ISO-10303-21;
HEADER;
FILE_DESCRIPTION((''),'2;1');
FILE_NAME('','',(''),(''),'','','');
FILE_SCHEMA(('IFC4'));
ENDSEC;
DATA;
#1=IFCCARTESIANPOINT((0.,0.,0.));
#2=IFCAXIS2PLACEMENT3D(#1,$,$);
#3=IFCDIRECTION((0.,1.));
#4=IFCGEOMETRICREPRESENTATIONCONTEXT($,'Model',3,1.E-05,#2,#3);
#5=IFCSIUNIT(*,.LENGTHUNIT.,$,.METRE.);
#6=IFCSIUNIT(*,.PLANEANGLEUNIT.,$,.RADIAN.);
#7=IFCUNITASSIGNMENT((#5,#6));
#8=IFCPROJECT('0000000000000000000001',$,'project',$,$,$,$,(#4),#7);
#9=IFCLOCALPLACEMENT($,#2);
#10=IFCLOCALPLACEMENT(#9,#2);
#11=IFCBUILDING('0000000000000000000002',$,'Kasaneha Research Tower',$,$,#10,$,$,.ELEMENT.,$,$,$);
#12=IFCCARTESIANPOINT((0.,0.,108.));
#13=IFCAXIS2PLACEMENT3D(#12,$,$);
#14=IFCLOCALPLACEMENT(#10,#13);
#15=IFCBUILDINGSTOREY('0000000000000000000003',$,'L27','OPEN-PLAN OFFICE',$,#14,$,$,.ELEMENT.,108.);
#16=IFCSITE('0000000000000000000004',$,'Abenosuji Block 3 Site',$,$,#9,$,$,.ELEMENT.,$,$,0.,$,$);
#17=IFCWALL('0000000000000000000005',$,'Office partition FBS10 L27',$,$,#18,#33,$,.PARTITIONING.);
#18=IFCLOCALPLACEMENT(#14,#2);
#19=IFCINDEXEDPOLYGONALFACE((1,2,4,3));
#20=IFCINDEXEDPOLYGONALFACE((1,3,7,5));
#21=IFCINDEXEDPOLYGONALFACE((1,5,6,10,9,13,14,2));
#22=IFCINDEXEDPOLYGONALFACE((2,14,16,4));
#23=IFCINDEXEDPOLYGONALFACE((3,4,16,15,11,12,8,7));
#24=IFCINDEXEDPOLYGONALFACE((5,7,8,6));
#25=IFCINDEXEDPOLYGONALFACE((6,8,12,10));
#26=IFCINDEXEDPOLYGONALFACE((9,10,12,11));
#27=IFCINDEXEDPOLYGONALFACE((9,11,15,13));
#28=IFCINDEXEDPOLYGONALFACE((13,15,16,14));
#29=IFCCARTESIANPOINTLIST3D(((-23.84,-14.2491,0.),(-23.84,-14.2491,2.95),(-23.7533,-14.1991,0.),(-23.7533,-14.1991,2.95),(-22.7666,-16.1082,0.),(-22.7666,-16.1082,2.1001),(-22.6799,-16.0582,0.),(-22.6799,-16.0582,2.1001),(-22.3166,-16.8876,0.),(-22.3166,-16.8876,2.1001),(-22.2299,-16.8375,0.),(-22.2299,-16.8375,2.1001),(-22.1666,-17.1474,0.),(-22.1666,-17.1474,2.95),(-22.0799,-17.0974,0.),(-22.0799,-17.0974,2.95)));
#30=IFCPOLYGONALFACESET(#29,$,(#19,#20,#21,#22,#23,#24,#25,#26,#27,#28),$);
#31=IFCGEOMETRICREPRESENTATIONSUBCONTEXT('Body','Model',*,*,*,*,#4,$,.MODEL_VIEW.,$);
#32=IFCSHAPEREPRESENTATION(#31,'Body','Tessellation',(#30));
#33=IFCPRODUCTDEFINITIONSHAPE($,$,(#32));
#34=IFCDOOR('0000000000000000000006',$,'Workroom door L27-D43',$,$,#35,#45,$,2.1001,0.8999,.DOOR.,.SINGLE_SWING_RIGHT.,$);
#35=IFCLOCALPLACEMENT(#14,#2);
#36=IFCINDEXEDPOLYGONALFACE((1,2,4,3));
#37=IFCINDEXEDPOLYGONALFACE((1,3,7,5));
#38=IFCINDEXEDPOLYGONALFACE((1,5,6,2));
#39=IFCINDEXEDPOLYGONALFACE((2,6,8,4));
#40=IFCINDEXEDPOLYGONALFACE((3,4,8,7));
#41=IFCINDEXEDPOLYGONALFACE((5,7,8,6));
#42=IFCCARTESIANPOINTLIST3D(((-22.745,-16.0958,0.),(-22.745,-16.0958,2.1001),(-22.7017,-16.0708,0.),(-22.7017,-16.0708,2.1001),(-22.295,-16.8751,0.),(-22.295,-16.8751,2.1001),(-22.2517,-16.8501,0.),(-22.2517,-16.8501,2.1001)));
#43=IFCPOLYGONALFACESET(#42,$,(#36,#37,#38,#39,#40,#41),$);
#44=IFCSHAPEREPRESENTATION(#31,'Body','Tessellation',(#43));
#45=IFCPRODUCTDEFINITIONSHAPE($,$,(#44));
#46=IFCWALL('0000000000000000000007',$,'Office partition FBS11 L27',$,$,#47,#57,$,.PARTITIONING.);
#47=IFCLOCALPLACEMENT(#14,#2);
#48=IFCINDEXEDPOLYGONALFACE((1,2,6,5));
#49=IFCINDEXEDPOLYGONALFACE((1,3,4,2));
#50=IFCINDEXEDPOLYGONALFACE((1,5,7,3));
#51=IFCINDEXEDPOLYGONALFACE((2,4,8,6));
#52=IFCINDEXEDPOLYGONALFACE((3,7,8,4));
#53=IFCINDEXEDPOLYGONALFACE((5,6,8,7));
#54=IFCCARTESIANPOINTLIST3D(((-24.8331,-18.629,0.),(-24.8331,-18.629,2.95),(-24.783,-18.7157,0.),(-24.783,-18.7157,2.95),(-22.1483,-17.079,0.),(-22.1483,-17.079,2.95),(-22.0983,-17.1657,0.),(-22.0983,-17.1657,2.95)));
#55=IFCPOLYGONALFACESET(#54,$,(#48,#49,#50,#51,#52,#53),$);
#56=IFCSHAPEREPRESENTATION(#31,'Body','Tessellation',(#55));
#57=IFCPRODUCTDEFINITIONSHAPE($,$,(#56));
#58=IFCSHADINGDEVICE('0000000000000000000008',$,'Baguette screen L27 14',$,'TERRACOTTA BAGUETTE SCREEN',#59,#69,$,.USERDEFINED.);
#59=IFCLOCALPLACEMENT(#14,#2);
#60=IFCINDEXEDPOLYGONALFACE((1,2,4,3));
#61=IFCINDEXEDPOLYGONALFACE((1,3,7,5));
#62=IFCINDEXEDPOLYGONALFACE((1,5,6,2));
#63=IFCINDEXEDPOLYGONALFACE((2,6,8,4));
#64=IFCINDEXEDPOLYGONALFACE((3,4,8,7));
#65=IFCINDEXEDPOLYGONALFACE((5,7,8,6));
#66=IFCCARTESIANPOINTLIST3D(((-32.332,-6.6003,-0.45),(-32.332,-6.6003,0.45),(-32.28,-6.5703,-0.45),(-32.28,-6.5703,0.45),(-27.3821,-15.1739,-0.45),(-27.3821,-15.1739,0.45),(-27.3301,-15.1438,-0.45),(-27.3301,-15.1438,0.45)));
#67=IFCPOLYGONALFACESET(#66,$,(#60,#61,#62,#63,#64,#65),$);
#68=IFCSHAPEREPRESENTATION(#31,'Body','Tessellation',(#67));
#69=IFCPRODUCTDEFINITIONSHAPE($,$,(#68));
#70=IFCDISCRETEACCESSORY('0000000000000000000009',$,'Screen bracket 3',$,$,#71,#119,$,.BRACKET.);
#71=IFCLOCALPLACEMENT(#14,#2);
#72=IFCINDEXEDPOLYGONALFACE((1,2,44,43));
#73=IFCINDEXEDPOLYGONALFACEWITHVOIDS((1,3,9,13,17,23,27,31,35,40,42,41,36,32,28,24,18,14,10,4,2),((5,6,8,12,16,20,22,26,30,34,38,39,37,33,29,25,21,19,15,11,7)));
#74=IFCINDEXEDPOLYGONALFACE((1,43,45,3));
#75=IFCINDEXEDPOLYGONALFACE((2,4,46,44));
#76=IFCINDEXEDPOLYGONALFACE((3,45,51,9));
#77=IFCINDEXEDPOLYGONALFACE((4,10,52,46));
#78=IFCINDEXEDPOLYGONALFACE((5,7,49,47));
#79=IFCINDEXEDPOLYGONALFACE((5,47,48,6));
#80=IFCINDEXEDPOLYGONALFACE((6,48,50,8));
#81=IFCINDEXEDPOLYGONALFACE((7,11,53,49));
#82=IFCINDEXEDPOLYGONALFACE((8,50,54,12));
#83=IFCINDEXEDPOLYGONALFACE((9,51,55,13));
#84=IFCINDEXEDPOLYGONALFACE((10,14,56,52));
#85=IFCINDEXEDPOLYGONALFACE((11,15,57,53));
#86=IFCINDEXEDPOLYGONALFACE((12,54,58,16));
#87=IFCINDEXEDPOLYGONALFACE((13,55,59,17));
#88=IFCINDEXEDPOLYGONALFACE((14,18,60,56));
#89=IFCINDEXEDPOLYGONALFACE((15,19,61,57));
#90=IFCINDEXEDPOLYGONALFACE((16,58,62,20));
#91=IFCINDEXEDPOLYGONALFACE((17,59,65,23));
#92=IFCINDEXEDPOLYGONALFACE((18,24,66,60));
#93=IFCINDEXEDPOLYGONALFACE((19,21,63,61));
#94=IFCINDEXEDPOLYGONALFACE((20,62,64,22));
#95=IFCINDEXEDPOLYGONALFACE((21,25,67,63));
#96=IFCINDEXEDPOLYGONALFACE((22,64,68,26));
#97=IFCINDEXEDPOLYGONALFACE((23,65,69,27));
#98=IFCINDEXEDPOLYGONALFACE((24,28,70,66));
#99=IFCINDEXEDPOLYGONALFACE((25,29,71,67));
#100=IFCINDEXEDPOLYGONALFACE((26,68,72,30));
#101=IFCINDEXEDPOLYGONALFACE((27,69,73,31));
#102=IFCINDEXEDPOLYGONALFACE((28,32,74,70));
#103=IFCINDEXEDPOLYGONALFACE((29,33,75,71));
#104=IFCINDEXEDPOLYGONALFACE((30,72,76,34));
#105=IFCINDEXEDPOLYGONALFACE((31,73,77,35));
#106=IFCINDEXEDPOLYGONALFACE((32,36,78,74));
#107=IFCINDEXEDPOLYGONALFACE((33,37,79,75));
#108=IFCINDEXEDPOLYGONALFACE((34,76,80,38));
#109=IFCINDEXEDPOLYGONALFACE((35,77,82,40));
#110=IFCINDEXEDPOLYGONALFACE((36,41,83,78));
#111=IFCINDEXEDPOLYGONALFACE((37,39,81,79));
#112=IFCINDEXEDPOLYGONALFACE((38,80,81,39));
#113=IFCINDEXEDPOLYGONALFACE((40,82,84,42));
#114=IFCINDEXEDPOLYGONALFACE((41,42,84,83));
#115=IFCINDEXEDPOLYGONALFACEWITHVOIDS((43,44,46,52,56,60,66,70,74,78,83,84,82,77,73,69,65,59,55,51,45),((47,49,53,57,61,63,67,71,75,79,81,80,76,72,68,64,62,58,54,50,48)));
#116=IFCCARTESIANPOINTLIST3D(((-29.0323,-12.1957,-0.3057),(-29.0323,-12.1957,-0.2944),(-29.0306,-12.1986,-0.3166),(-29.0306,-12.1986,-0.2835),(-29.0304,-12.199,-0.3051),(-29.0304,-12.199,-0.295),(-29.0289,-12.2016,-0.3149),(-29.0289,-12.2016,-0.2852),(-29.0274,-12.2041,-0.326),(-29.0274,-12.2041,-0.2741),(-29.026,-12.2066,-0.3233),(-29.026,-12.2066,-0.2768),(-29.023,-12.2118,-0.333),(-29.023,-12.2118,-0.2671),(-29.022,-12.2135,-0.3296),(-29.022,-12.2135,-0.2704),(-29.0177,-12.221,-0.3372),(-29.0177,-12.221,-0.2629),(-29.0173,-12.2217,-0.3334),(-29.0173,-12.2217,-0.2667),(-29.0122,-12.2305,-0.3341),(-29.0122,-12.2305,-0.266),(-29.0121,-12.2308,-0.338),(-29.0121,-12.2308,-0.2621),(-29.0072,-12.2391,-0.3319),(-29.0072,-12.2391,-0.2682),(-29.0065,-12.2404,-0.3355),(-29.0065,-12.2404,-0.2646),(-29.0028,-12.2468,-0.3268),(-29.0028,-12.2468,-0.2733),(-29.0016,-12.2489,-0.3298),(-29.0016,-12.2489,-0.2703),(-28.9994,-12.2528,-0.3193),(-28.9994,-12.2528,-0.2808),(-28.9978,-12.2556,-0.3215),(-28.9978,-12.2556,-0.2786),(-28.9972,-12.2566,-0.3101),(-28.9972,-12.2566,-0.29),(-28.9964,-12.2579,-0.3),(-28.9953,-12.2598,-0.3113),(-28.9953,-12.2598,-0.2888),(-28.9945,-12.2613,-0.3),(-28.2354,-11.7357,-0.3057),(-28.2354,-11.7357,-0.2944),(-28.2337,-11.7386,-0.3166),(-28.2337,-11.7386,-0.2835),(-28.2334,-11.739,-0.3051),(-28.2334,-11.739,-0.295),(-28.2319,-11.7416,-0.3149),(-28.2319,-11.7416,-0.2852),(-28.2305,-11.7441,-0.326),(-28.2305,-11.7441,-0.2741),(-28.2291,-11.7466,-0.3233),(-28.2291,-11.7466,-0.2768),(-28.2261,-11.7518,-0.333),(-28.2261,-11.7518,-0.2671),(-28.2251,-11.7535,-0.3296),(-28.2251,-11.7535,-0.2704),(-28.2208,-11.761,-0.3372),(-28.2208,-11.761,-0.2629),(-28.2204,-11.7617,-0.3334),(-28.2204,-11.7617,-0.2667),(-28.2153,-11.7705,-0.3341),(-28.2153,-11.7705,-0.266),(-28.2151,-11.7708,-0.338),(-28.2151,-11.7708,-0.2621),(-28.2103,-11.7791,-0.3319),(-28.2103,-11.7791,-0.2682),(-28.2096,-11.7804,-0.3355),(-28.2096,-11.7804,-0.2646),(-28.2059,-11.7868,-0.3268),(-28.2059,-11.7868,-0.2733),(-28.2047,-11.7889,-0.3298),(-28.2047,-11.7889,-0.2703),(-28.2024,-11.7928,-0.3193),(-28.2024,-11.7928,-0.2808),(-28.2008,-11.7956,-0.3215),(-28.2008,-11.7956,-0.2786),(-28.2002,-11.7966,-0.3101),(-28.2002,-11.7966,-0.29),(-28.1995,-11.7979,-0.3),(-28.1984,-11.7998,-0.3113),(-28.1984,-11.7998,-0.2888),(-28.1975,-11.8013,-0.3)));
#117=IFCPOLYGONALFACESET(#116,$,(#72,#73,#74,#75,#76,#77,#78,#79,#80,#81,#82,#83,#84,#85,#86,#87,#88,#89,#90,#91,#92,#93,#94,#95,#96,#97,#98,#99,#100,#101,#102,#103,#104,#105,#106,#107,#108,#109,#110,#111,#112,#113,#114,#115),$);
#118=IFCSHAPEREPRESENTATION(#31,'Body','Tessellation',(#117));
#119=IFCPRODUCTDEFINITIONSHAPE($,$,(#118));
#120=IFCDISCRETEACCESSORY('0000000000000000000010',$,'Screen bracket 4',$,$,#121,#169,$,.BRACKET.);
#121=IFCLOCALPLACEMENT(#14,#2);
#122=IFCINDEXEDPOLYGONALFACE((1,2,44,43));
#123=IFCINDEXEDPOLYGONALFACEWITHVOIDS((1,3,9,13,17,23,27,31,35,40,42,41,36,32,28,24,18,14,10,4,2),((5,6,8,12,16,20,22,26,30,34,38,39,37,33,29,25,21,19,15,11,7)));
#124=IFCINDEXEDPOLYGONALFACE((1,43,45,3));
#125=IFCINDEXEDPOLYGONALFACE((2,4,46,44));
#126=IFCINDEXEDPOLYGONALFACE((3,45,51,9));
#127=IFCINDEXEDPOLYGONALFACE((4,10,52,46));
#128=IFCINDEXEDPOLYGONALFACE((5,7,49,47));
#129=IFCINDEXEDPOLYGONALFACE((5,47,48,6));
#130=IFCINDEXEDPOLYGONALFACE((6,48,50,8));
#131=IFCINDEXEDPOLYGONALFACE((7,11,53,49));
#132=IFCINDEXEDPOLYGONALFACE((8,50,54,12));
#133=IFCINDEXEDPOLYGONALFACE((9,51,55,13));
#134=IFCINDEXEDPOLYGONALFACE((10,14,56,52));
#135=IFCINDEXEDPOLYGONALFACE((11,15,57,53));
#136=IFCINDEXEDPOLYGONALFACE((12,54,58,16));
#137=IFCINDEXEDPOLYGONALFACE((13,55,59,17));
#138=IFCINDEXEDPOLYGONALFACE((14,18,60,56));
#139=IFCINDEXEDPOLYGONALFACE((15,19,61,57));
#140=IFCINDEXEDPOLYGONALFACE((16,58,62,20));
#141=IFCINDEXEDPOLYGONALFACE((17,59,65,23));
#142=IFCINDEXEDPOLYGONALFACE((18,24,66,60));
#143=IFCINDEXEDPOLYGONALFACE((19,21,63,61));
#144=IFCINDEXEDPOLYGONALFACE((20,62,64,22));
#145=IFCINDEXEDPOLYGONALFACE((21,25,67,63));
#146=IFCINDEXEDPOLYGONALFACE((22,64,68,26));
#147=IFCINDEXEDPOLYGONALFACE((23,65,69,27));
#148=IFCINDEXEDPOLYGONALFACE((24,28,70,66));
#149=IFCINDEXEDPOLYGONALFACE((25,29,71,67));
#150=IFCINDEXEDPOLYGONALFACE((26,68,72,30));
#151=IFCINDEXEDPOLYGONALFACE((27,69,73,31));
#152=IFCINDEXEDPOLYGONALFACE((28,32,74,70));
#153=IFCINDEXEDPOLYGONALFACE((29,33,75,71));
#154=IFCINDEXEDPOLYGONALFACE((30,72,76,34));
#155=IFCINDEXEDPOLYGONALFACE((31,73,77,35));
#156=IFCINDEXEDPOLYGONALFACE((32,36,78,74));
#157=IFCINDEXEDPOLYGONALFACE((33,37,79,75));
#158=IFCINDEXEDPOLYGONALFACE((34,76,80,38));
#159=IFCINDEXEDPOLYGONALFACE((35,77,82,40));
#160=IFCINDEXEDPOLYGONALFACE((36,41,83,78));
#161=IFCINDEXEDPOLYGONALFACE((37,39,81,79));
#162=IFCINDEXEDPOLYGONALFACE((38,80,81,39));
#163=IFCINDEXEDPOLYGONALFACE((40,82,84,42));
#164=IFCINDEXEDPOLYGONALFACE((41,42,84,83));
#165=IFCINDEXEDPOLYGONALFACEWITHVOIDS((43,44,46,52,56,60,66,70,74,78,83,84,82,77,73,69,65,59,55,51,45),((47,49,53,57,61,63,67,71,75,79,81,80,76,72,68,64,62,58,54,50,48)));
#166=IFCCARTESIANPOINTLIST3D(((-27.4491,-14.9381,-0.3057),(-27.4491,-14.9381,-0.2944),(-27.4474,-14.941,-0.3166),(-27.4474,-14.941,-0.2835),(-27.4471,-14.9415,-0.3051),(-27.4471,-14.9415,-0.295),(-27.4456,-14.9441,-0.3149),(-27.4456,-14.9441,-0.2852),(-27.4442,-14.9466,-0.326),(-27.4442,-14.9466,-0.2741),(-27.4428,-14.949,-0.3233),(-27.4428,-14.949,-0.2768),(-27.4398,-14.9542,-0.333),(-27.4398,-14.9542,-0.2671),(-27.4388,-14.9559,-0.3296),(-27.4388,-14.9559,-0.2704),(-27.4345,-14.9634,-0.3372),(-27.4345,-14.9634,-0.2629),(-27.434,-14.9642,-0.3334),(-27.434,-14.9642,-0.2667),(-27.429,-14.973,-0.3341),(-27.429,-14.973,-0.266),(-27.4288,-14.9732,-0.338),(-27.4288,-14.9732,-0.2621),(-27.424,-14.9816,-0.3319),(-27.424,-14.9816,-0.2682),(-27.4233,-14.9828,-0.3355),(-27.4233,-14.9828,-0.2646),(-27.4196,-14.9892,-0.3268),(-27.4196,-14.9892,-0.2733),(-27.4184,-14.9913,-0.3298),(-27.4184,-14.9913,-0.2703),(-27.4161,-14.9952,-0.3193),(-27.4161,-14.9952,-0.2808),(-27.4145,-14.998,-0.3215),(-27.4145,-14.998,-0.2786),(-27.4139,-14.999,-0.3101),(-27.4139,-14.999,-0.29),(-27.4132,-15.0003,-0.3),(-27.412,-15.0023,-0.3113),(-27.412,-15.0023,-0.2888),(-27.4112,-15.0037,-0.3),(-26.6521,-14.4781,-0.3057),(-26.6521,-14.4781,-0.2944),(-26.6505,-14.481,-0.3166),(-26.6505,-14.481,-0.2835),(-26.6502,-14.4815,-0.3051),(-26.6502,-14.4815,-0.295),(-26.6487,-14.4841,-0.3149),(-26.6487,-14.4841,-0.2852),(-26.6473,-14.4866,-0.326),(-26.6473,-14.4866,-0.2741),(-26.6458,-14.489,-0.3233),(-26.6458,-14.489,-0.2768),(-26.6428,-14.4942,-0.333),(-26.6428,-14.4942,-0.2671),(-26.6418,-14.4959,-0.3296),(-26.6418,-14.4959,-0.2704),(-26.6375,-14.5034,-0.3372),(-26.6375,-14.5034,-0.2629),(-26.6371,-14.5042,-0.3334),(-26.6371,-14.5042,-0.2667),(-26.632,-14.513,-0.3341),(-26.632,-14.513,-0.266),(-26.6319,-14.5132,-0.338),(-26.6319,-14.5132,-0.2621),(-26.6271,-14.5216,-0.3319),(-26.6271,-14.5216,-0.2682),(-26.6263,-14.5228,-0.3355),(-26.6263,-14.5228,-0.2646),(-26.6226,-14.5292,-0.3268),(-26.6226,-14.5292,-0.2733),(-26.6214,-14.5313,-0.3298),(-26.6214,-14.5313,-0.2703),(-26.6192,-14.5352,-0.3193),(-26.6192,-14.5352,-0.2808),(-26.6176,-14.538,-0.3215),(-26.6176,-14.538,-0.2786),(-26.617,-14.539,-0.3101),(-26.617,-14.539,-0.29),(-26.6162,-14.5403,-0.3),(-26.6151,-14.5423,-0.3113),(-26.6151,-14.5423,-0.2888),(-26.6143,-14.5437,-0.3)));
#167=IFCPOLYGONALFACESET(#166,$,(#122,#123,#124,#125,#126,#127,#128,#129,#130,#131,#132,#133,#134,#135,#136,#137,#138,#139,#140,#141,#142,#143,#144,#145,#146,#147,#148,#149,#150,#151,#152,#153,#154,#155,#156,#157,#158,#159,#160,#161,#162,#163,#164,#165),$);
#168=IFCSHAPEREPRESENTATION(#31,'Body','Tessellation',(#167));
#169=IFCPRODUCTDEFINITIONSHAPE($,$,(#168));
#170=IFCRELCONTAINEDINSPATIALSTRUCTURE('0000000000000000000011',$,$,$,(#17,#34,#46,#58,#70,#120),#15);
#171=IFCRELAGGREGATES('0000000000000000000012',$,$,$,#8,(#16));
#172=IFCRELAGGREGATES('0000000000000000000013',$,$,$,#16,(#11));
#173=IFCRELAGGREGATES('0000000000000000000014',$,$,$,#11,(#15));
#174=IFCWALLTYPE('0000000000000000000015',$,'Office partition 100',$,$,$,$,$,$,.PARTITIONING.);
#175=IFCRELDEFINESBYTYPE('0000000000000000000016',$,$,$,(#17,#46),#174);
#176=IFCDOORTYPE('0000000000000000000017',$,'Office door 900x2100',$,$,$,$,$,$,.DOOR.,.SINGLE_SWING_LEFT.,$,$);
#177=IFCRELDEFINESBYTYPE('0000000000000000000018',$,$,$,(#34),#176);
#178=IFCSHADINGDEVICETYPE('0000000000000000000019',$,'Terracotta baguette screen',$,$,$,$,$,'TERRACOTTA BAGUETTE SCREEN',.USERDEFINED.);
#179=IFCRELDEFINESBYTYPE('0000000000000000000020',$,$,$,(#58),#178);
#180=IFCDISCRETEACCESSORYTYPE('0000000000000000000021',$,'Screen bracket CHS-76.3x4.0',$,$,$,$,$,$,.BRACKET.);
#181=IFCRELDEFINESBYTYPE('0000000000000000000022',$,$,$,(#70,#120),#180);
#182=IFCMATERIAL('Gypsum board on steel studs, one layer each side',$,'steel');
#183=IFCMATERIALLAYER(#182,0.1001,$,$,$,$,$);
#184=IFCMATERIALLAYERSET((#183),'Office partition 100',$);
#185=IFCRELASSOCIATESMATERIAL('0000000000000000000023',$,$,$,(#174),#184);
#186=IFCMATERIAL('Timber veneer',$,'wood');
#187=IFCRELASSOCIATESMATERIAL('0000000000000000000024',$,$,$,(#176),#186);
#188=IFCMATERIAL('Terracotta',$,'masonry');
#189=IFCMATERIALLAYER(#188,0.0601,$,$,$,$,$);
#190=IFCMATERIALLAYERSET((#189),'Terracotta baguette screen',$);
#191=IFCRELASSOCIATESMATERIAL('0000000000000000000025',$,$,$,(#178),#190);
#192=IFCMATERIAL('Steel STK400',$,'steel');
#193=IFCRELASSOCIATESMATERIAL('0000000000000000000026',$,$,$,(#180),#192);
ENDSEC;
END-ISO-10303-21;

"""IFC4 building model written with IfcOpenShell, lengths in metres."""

from ifc_helpers import new_model, si_unit, direction, frame, frame_2d, origin, origin_2d, place, context, subcontext, project, spatial, rectangle, hollow_circle, extrude, material, layer, layer_set, material_profile, profile_set, type_object, element, fill, save


model = new_model("IFC4")

# Units and contexts
model_context = context("Model", 3, precision=1e-05, world=origin(), true_north=direction((0.0, 1.0)))
body_context = subcontext(model_context, "Body", "Model", "MODEL_VIEW")
ifc_project = project(units=[si_unit("LENGTHUNIT", "METRE"), si_unit("PLANEANGLEUNIT", "RADIAN")], contexts=[model_context])

# Site, building, storey
site_placement = place(None, origin())
site = spatial("IfcSite", under=ifc_project, at=site_placement, Name="Abenosuji Block 3 Site", CompositionType="ELEMENT", RefElevation=0.0)
building_placement = place(site_placement, origin())
building = spatial("IfcBuilding", under=site, at=building_placement, Name="Kasaneha Research Tower", CompositionType="ELEMENT")
storey_placement = place(building_placement, frame((0.0, 0.0, 108.0)))
storey = spatial("IfcBuildingStorey", under=building, at=storey_placement, Name="L27", Description="OPEN-PLAN OFFICE", CompositionType="ELEMENT", Elevation=108.0)

# Shared definitions
ifc_material_1 = material(Name="Gypsum board on steel studs, one layer each side", Category="steel")
ifc_layer_1 = layer(ifc_material_1, 0.1001)
ifc_layer_set_1 = layer_set([ifc_layer_1], Name="Office partition 100")
wall_type = type_object("IfcWallType", Name="Office partition 100", PredefinedType="PARTITIONING", material=ifc_layer_set_1)

# Wall, opening, door
ifc_material_2 = material(Name="Timber veneer", Category="wood")
door_type = type_object("IfcDoorType", Name="Office door 900x2100", OperationType="SINGLE_SWING_LEFT", PredefinedType="DOOR", material=ifc_material_2)
wall_1_placement = place(storey_placement, frame((-23.7966, -14.2241, 0.0), z_axis=(0.0, 0.0, 1.0), x_axis=(0.500015, -0.866017, 0.0)))
wall_1 = element("IfcWall", 1, at=wall_1_placement, inside=storey, type_object=wall_type, Name="Office partition FBS10 L27", PredefinedType="PARTITIONING", context=body_context, shape_type="SweptSolid", body=[
    extrude(rectangle(XDim=3.3467, YDim=0.1001, at=frame_2d((1.6733, 0.0))), origin(), (0.0, 0.0, 1.0), 2.95),
])
opening_1_placement = place(wall_1_placement, frame((2.1467, 0.0, 0.0)))
opening_1 = element("IfcOpeningElement", 2, at=opening_1_placement, cuts=wall_1, PredefinedType="OPENING", context=body_context, shape_type="SweptSolid", body=[
    extrude(rectangle(XDim=0.8999, YDim=2.1001, at=frame_2d((0.45, 1.05))), frame((0.0, 0.0601, 0.0), z_axis=(0.0, -1.0, 0.0), x_axis=(1.0, 0.0, 0.0)), (0.0, 0.0, 1.0), 0.1201),
])
door_1_placement = place(opening_1_placement, origin())
door_1 = element("IfcDoor", 3, at=door_1_placement, inside=storey, type_object=door_type, Name="Workroom door L27-D43", OperationType="SINGLE_SWING_RIGHT", OverallHeight=2.1001, OverallWidth=0.8999, PredefinedType="DOOR", context=body_context, shape_type="SweptSolid", body=[
    extrude(rectangle(XDim=0.8999, YDim=2.1001, at=frame_2d((0.45, 1.05))), frame((0.0, 0.0249, 0.0), z_axis=(0.0, -1.0, 0.0), x_axis=(1.0, 0.0, 0.0)), (0.0, 0.0, 1.0), 0.05),
])
fill(opening_1, door_1)

# Wall
wall_2_placement = place(storey_placement, frame((-22.1233, -17.1223, 0.0), z_axis=(0.0, 0.0, 1.0), x_axis=(-0.86603, -0.499993, 0.0)))
element("IfcWall", 4, at=wall_2_placement, inside=storey, type_object=wall_type, Name="Office partition FBS11 L27", PredefinedType="PARTITIONING", context=body_context, shape_type="SweptSolid", body=[
    extrude(rectangle(XDim=3.1001, YDim=0.1001, at=frame_2d((1.55, 0.0))), origin(), (0.0, 0.0, 1.0), 2.95),
])

# Shading device
ifc_material_3 = material(Name="Terracotta", Category="masonry")
ifc_layer_2 = layer(ifc_material_3, 0.0601)
ifc_layer_set_2 = layer_set([ifc_layer_2], Name="Terracotta baguette screen")
shading_device_type = type_object("IfcShadingDeviceType", Name="Terracotta baguette screen", ElementType="TERRACOTTA BAGUETTE SCREEN", PredefinedType="USERDEFINED", material=ifc_layer_set_2)
shading_device_placement = place(storey_placement, frame((-29.8311, -10.8721, -0.45), z_axis=(0.0, 0.0, 1.0), x_axis=(0.5, -0.866025, 0.0)))
element("IfcShadingDevice", 5, at=shading_device_placement, inside=storey, type_object=shading_device_type, Name="Baguette screen L27 14", ObjectType="TERRACOTTA BAGUETTE SCREEN", PredefinedType="USERDEFINED", context=body_context, shape_type="SweptSolid", body=[
    extrude(rectangle(XDim=9.8999, YDim=0.0601, at=origin_2d()), origin(), (0.0, 0.0, 1.0), 0.8999),
])

# Discrete accessories
ifc_material_4 = material(Name="Steel STK400", Category="steel")
ifc_material_profile_1 = material_profile(ifc_material_4, hollow_circle(Radius=0.0381, WallThickness=0.0039, at=origin_2d()), Name="CHS-76.3x4.0")
ifc_profile_set_1 = profile_set([ifc_material_profile_1], Name="Steel STK400")
discrete_accessory_type = type_object("IfcDiscreteAccessoryType", Name="Screen bracket CHS-76.3x4.0", PredefinedType="BRACKET", material=ifc_profile_set_1)
for number, where, z_axis, x_axis, name in (
    (6, (-28.2166, -11.7683, -0.3), (-0.86608, -0.499906, 0.0), (0.499906, -0.86608, 0.0), "Screen bracket 3"),
    (7, (-26.6333, -14.5107, -0.3), (-0.86608, -0.499906, 0.0), (0.499906, -0.86608, 0.0), "Screen bracket 4"),
):
    element("IfcDiscreteAccessory", number, at=place(storey_placement, frame(where, z_axis=z_axis, x_axis=x_axis)), inside=storey, type_object=discrete_accessory_type, Name=name, PredefinedType="BRACKET", context=body_context, shape_type="SweptSolid", body=[
        extrude(hollow_circle(Radius=0.0381, WallThickness=0.0039, at=origin_2d()), origin(), (0.0, 0.0, 1.0), 0.9202),
    ])

save(model, "model.ifc")
